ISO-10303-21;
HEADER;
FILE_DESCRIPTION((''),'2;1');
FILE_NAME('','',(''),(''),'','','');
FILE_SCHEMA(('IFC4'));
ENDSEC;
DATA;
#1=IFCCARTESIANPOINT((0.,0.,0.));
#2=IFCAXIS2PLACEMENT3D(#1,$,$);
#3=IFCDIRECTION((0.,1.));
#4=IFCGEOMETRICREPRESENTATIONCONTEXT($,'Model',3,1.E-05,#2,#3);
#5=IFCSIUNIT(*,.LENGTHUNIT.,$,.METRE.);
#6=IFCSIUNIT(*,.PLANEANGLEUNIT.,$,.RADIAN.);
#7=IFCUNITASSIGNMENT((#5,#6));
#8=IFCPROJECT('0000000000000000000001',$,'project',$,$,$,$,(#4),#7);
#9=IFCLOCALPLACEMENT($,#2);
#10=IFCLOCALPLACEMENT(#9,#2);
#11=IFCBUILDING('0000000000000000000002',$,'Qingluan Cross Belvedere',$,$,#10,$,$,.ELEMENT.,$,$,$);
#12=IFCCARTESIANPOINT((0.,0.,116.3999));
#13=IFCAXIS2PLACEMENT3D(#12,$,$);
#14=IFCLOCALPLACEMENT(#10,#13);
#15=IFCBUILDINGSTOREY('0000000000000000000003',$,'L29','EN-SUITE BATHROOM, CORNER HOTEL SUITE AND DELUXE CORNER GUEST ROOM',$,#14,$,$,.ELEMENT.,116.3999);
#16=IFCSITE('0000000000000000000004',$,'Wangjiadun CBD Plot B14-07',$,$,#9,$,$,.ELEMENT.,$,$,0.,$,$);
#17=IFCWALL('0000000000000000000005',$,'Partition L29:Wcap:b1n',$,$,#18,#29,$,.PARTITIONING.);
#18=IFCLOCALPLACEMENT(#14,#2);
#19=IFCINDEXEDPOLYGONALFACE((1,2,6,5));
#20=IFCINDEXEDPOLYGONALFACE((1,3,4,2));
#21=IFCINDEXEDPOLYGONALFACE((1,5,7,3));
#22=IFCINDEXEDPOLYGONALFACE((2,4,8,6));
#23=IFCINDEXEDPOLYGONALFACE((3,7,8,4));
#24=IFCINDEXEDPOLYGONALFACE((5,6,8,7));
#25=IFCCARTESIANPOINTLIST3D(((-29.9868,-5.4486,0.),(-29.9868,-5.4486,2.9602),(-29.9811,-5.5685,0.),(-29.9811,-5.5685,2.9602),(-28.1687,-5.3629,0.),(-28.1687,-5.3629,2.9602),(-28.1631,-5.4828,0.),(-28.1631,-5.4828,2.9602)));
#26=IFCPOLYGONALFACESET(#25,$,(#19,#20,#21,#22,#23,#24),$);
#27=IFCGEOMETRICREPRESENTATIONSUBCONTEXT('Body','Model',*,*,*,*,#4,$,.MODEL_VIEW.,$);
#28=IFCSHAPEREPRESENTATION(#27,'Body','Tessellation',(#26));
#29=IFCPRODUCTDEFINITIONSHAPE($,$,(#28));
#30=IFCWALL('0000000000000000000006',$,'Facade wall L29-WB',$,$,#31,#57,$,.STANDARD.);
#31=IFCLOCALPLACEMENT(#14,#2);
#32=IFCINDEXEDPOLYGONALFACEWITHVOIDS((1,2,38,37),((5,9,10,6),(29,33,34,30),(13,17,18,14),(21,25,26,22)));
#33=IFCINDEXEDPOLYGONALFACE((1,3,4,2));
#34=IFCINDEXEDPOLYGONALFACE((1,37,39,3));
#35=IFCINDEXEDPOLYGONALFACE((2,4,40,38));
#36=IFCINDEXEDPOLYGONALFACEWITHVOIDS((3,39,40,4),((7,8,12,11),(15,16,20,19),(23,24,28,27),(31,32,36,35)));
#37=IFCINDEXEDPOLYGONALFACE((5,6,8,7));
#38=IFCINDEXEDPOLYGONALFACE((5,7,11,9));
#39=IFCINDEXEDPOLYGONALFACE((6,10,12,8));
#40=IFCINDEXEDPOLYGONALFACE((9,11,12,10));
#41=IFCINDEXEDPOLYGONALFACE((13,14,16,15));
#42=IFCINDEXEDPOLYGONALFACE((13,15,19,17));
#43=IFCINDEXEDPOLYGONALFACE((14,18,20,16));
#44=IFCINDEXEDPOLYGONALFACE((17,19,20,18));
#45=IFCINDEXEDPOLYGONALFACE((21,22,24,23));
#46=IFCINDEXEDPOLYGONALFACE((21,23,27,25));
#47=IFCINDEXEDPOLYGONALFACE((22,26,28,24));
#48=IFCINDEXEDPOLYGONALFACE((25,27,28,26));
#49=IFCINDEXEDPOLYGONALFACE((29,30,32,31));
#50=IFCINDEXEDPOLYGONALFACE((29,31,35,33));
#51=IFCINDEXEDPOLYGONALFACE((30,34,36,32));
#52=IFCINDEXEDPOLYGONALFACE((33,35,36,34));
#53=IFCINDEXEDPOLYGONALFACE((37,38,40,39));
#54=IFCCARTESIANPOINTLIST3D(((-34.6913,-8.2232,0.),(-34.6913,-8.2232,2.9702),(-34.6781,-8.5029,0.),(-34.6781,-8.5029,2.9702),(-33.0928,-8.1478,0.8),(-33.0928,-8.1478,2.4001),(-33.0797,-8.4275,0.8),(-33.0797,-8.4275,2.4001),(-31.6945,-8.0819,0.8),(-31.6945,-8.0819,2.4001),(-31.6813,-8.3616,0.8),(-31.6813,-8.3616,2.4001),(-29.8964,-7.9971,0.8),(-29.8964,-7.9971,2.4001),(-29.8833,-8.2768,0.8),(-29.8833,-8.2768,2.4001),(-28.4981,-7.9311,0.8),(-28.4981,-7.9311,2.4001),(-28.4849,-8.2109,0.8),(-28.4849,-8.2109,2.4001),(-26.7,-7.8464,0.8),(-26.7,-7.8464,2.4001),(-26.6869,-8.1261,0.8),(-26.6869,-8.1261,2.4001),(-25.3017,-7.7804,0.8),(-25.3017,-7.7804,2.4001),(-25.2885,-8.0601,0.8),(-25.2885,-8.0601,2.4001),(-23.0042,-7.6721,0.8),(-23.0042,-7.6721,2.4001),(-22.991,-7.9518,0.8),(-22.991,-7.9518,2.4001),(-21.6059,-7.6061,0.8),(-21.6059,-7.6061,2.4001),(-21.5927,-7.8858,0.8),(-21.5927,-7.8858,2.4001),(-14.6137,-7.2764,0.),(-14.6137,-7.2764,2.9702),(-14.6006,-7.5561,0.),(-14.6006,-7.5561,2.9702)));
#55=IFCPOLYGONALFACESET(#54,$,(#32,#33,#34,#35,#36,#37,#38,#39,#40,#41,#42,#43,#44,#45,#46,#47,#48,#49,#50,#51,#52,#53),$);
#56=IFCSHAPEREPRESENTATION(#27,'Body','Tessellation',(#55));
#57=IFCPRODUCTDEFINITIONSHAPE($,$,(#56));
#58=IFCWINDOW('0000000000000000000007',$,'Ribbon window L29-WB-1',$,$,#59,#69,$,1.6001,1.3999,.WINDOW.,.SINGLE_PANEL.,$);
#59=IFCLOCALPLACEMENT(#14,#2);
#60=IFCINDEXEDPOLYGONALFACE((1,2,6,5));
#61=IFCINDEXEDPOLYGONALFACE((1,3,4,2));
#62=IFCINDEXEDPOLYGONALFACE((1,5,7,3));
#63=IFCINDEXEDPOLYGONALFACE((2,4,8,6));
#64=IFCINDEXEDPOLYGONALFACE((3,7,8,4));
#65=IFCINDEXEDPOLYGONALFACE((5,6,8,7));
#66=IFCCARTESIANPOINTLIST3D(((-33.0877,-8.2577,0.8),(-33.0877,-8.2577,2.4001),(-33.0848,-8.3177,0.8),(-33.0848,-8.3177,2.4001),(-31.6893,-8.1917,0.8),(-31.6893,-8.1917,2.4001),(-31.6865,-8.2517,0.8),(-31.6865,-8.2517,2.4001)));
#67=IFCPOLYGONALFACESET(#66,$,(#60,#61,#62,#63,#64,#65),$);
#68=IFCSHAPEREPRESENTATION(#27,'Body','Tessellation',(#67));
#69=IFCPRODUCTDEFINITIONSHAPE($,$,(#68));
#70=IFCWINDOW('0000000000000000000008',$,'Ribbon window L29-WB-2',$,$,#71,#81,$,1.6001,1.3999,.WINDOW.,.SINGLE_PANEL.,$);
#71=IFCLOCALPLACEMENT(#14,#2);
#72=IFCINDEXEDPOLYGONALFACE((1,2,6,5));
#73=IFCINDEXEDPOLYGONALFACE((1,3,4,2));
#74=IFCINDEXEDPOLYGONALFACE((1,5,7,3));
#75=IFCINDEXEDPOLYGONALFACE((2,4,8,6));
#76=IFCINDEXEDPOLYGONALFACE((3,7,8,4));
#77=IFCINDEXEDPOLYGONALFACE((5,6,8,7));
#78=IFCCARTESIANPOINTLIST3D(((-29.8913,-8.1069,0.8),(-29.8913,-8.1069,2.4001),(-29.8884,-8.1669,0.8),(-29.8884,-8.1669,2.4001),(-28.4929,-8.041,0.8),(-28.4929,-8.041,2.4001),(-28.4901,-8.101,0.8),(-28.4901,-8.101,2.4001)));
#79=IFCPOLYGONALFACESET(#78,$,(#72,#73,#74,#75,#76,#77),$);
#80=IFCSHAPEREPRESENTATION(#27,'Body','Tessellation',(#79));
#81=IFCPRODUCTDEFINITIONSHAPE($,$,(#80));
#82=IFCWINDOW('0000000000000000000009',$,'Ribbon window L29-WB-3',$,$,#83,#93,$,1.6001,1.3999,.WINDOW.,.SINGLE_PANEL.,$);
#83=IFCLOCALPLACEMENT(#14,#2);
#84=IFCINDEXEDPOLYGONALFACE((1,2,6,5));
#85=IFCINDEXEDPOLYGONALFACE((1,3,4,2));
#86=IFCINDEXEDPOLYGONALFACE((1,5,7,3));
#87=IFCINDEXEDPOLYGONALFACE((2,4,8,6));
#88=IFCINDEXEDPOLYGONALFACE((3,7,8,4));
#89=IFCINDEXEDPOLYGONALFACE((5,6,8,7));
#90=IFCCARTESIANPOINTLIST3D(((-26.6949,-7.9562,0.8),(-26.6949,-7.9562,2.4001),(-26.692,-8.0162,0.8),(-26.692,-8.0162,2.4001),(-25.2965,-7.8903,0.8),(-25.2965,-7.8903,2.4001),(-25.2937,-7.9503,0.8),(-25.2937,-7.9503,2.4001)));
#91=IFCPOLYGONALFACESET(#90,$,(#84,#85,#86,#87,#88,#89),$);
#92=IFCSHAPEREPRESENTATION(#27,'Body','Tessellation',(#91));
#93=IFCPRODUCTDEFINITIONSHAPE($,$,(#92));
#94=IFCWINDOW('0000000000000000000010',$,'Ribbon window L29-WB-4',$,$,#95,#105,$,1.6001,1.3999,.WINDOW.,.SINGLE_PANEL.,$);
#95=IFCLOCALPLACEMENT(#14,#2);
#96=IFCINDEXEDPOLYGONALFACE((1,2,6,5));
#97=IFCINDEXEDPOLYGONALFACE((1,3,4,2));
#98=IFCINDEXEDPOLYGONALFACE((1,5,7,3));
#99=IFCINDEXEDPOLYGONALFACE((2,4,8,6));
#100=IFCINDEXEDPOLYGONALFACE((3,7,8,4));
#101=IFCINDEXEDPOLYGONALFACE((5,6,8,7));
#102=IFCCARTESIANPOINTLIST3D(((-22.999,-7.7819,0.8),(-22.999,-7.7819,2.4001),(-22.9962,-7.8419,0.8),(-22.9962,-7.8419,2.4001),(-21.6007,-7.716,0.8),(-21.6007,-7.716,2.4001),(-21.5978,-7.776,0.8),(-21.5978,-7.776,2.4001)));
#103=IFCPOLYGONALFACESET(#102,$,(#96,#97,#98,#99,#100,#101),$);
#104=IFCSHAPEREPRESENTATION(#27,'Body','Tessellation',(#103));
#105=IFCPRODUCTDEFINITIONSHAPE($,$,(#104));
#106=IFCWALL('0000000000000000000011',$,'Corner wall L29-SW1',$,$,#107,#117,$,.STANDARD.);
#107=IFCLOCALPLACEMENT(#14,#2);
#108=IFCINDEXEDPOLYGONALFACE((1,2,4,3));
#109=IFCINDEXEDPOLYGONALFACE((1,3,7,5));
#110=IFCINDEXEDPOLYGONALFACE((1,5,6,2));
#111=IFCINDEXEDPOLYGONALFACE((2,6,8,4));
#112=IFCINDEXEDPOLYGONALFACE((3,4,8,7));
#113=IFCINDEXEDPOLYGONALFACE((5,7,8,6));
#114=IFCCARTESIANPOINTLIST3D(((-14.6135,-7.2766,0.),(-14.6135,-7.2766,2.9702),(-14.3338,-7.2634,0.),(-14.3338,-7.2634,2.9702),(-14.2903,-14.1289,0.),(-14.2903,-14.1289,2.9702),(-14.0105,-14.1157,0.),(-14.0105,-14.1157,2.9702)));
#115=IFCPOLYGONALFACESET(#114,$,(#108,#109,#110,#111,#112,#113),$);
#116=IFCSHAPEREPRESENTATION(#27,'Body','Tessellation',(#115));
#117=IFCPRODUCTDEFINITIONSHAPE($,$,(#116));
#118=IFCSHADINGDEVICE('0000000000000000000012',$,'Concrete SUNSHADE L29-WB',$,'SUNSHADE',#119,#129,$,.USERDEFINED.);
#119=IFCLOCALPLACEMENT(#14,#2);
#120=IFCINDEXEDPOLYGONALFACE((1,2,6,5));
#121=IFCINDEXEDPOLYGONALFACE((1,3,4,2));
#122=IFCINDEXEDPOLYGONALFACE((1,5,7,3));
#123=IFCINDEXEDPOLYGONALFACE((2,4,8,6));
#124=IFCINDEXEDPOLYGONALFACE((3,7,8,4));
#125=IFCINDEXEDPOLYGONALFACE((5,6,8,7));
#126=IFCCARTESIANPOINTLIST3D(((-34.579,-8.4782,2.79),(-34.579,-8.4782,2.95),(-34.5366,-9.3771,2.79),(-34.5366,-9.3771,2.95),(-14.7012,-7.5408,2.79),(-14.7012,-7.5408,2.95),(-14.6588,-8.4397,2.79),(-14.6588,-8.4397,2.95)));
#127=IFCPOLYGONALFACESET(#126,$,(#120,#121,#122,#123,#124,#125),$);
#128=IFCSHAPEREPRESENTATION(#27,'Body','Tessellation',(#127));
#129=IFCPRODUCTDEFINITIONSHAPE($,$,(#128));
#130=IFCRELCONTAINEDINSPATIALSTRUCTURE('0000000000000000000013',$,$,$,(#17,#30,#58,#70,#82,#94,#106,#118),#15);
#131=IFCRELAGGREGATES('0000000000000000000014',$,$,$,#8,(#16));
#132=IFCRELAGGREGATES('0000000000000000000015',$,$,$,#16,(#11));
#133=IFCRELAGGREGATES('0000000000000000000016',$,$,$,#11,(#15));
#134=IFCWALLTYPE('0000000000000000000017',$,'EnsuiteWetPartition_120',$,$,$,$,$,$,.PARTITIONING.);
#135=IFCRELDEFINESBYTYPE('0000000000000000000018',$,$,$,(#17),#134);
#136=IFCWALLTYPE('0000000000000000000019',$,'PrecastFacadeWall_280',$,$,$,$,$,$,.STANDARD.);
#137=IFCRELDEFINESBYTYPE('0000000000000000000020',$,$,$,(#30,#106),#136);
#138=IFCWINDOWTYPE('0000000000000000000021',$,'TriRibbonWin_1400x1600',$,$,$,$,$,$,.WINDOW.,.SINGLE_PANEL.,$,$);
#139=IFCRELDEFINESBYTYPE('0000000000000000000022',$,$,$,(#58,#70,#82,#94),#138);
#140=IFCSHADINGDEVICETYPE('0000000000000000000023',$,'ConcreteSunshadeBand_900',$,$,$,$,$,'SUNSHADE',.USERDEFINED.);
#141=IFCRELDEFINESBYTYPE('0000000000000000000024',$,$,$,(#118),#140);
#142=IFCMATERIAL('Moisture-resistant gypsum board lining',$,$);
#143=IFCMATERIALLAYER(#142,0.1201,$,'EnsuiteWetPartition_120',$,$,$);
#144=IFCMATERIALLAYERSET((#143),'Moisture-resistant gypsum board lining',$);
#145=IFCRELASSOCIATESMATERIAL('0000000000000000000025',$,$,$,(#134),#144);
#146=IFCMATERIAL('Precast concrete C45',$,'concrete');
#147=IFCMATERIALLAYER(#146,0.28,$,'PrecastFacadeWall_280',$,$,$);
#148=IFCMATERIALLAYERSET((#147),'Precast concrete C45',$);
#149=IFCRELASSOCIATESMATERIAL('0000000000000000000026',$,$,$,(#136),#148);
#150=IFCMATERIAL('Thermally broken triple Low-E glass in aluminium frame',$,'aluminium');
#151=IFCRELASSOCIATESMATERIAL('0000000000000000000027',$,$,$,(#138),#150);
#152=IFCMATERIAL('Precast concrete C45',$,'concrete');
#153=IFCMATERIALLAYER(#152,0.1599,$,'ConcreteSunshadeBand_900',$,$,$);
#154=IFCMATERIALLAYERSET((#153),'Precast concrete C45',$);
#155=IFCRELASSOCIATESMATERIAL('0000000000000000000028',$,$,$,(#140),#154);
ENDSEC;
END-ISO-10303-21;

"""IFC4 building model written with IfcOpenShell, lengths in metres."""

from ifc_helpers import new_model, si_unit, direction, frame, frame_2d, origin, origin_2d, place, context, subcontext, project, spatial, rectangle, extrude, material, layer, layer_set, type_object, element, fill, save


model = new_model("IFC4")

# Units and contexts
model_context = context("Model", 3, precision=1e-05, world=origin(), true_north=direction((0.0, 1.0)))
body_context = subcontext(model_context, "Body", "Model", "MODEL_VIEW")
ifc_project = project(units=[si_unit("LENGTHUNIT", "METRE"), si_unit("PLANEANGLEUNIT", "RADIAN")], contexts=[model_context])

# Site, building, storey
site_placement = place(None, origin())
site = spatial("IfcSite", under=ifc_project, at=site_placement, Name="Wangjiadun CBD Plot B14-07", CompositionType="ELEMENT", RefElevation=0.0)
building_placement = place(site_placement, origin())
building = spatial("IfcBuilding", under=site, at=building_placement, Name="Qingluan Cross Belvedere", CompositionType="ELEMENT")
storey_placement = place(building_placement, frame((0.0, 0.0, 116.3999)))
storey = spatial("IfcBuildingStorey", under=building, at=storey_placement, Name="L29", Description="EN-SUITE BATHROOM, CORNER HOTEL SUITE AND DELUXE CORNER GUEST ROOM", CompositionType="ELEMENT", Elevation=116.3999)

# Shared definitions
ifc_material_1 = material(Name="Moisture-resistant gypsum board lining")
ifc_layer_1 = layer(ifc_material_1, 0.1201, Name="EnsuiteWetPartition_120")
ifc_layer_set_1 = layer_set([ifc_layer_1], Name="Moisture-resistant gypsum board lining")
wall_type_1 = type_object("IfcWallType", Name="EnsuiteWetPartition_120", PredefinedType="PARTITIONING", material=ifc_layer_set_1)

# Wall
wall_1_placement = place(storey_placement, frame((-28.1658, -5.4229, 0.0), z_axis=(0.0, 0.0, 1.0), x_axis=(-0.998891, -0.047081, 0.0)))
element("IfcWall", 1, at=wall_1_placement, inside=storey, type_object=wall_type_1, Name="Partition L29:Wcap:b1n", PredefinedType="PARTITIONING", context=body_context, shape_type="SweptSolid", body=[
    extrude(rectangle(XDim=1.8201, YDim=0.1201, at=frame_2d((0.9102, 0.0))), origin(), (0.0, 0.0, 1.0), 2.9602),
])

# Wall, openings, windows
ifc_material_2 = material(Name="Precast concrete C45", Category="concrete")
ifc_layer_2 = layer(ifc_material_2, 0.28, Name="PrecastFacadeWall_280")
ifc_layer_set_2 = layer_set([ifc_layer_2], Name="Precast concrete C45")
wall_type_2 = type_object("IfcWallType", Name="PrecastFacadeWall_280", PredefinedType="STANDARD", material=ifc_layer_set_2)
wall_2_placement = place(storey_placement, frame((-34.6846, -8.363, 0.0), z_axis=(0.0, 0.0, 1.0), x_axis=(0.99889, 0.047103, 0.0)))
wall_2 = element("IfcWall", 2, at=wall_2_placement, inside=storey, type_object=wall_type_2, Name="Facade wall L29-WB", PredefinedType="STANDARD", context=body_context, shape_type="SweptSolid", body=[
    extrude(rectangle(XDim=20.0999, YDim=0.28, at=frame_2d((10.0498, 0.0))), origin(), (0.0, 0.0, 1.0), 2.9702),
])
opening_1_placement = place(wall_2_placement, frame((1.6001, 0.0, 0.8)))
opening_1 = element("IfcOpeningElement", 3, at=opening_1_placement, cuts=wall_2, PredefinedType="OPENING", context=body_context, shape_type="SweptSolid", body=[
    extrude(rectangle(XDim=1.3999, YDim=1.6001, at=frame_2d((0.7, 0.8))), frame((0.0, 0.1499, 0.0), z_axis=(0.0, -1.0, 0.0), x_axis=(1.0, 0.0, 0.0)), (0.0, 0.0, 1.0), 0.3),
])
opening_2_placement = place(wall_2_placement, frame((4.8, 0.0, 0.8)))
opening_2 = element("IfcOpeningElement", 4, at=opening_2_placement, cuts=wall_2, PredefinedType="OPENING", context=body_context, shape_type="SweptSolid", body=[
    extrude(rectangle(XDim=1.3999, YDim=1.6001, at=frame_2d((0.7, 0.8))), frame((0.0, 0.1499, 0.0), z_axis=(0.0, -1.0, 0.0), x_axis=(1.0, 0.0, 0.0)), (0.0, 0.0, 1.0), 0.3),
])
opening_3_placement = place(wall_2_placement, frame((8.0, 0.0, 0.8)))
opening_3 = element("IfcOpeningElement", 5, at=opening_3_placement, cuts=wall_2, PredefinedType="OPENING", context=body_context, shape_type="SweptSolid", body=[
    extrude(rectangle(XDim=1.3999, YDim=1.6001, at=frame_2d((0.7, 0.8))), frame((0.0, 0.1499, 0.0), z_axis=(0.0, -1.0, 0.0), x_axis=(1.0, 0.0, 0.0)), (0.0, 0.0, 1.0), 0.3),
])
opening_4_placement = place(wall_2_placement, frame((11.7, 0.0, 0.8)))
opening_4 = element("IfcOpeningElement", 6, at=opening_4_placement, cuts=wall_2, PredefinedType="OPENING", context=body_context, shape_type="SweptSolid", body=[
    extrude(rectangle(XDim=1.3999, YDim=1.6001, at=frame_2d((0.7, 0.8))), frame((0.0, 0.1499, 0.0), z_axis=(0.0, -1.0, 0.0), x_axis=(1.0, 0.0, 0.0)), (0.0, 0.0, 1.0), 0.3),
])
ifc_material_3 = material(Name="Thermally broken triple Low-E glass in aluminium frame", Category="aluminium")
window_type = type_object("IfcWindowType", Name="TriRibbonWin_1400x1600", PartitioningType="SINGLE_PANEL", PredefinedType="WINDOW", material=ifc_material_3)
window_1_placement = place(opening_1_placement, origin())
window_1 = element("IfcWindow", 7, at=window_1_placement, inside=storey, type_object=window_type, Name="Ribbon window L29-WB-1", OverallHeight=1.6001, OverallWidth=1.3999, PartitioningType="SINGLE_PANEL", PredefinedType="WINDOW", context=body_context, shape_type="SweptSolid", body=[
    extrude(rectangle(XDim=1.3999, YDim=1.6001, at=frame_2d((0.7, 0.8))), frame((0.0, 0.03, 0.0), z_axis=(0.0, -1.0, 0.0), x_axis=(1.0, 0.0, 0.0)), (0.0, 0.0, 1.0), 0.0601),
])
fill(opening_1, window_1)
window_2_placement = place(opening_2_placement, origin())
window_2 = element("IfcWindow", 8, at=window_2_placement, inside=storey, type_object=window_type, Name="Ribbon window L29-WB-2", OverallHeight=1.6001, OverallWidth=1.3999, PartitioningType="SINGLE_PANEL", PredefinedType="WINDOW", context=body_context, shape_type="SweptSolid", body=[
    extrude(rectangle(XDim=1.3999, YDim=1.6001, at=frame_2d((0.7, 0.8))), frame((0.0, 0.03, 0.0), z_axis=(0.0, -1.0, 0.0), x_axis=(1.0, 0.0, 0.0)), (0.0, 0.0, 1.0), 0.0601),
])
fill(opening_2, window_2)
window_3_placement = place(opening_3_placement, origin())
window_3 = element("IfcWindow", 9, at=window_3_placement, inside=storey, type_object=window_type, Name="Ribbon window L29-WB-3", OverallHeight=1.6001, OverallWidth=1.3999, PartitioningType="SINGLE_PANEL", PredefinedType="WINDOW", context=body_context, shape_type="SweptSolid", body=[
    extrude(rectangle(XDim=1.3999, YDim=1.6001, at=frame_2d((0.7, 0.8))), frame((0.0, 0.03, 0.0), z_axis=(0.0, -1.0, 0.0), x_axis=(1.0, 0.0, 0.0)), (0.0, 0.0, 1.0), 0.0601),
])
fill(opening_3, window_3)
window_4_placement = place(opening_4_placement, origin())
window_4 = element("IfcWindow", 10, at=window_4_placement, inside=storey, type_object=window_type, Name="Ribbon window L29-WB-4", OverallHeight=1.6001, OverallWidth=1.3999, PartitioningType="SINGLE_PANEL", PredefinedType="WINDOW", context=body_context, shape_type="SweptSolid", body=[
    extrude(rectangle(XDim=1.3999, YDim=1.6001, at=frame_2d((0.7, 0.8))), frame((0.0, 0.03, 0.0), z_axis=(0.0, -1.0, 0.0), x_axis=(1.0, 0.0, 0.0)), (0.0, 0.0, 1.0), 0.0601),
])
fill(opening_4, window_4)

# Wall
wall_3_placement = place(storey_placement, frame((-14.4736, -7.27, 0.0), z_axis=(0.0, 0.0, 1.0), x_axis=(0.04712, -0.998889, 0.0)))
element("IfcWall", 11, at=wall_3_placement, inside=storey, type_object=wall_type_2, Name="Corner wall L29-SW1", PredefinedType="STANDARD", context=body_context, shape_type="SweptSolid", body=[
    extrude(rectangle(XDim=6.8599, YDim=0.28, at=frame_2d((3.4299, 0.0))), origin(), (0.0, 0.0, 1.0), 2.9702),
])

# Shading device
ifc_material_4 = material(Name="Precast concrete C45", Category="concrete")
ifc_layer_3 = layer(ifc_material_4, 0.1599, Name="ConcreteSunshadeBand_900")
ifc_layer_set_3 = layer_set([ifc_layer_3], Name="Precast concrete C45")
shading_device_type = type_object("IfcShadingDeviceType", Name="ConcreteSunshadeBand_900", ElementType="SUNSHADE", PredefinedType="USERDEFINED", material=ifc_layer_set_3)
shading_device_placement = place(storey_placement, frame((-24.6189, -8.459, 2.79), z_axis=(0.0, 0.0, 1.0), x_axis=(0.99889, 0.047105, 0.0)))
element("IfcShadingDevice", 12, at=shading_device_placement, inside=storey, type_object=shading_device_type, Name="Concrete SUNSHADE L29-WB", ObjectType="SUNSHADE", PredefinedType="USERDEFINED", context=body_context, shape_type="SweptSolid", body=[
    extrude(rectangle(XDim=19.8999, YDim=0.8999, at=origin_2d()), origin(), (0.0, 0.0, 1.0), 0.1599),
])

save(model, "model.ifc")
